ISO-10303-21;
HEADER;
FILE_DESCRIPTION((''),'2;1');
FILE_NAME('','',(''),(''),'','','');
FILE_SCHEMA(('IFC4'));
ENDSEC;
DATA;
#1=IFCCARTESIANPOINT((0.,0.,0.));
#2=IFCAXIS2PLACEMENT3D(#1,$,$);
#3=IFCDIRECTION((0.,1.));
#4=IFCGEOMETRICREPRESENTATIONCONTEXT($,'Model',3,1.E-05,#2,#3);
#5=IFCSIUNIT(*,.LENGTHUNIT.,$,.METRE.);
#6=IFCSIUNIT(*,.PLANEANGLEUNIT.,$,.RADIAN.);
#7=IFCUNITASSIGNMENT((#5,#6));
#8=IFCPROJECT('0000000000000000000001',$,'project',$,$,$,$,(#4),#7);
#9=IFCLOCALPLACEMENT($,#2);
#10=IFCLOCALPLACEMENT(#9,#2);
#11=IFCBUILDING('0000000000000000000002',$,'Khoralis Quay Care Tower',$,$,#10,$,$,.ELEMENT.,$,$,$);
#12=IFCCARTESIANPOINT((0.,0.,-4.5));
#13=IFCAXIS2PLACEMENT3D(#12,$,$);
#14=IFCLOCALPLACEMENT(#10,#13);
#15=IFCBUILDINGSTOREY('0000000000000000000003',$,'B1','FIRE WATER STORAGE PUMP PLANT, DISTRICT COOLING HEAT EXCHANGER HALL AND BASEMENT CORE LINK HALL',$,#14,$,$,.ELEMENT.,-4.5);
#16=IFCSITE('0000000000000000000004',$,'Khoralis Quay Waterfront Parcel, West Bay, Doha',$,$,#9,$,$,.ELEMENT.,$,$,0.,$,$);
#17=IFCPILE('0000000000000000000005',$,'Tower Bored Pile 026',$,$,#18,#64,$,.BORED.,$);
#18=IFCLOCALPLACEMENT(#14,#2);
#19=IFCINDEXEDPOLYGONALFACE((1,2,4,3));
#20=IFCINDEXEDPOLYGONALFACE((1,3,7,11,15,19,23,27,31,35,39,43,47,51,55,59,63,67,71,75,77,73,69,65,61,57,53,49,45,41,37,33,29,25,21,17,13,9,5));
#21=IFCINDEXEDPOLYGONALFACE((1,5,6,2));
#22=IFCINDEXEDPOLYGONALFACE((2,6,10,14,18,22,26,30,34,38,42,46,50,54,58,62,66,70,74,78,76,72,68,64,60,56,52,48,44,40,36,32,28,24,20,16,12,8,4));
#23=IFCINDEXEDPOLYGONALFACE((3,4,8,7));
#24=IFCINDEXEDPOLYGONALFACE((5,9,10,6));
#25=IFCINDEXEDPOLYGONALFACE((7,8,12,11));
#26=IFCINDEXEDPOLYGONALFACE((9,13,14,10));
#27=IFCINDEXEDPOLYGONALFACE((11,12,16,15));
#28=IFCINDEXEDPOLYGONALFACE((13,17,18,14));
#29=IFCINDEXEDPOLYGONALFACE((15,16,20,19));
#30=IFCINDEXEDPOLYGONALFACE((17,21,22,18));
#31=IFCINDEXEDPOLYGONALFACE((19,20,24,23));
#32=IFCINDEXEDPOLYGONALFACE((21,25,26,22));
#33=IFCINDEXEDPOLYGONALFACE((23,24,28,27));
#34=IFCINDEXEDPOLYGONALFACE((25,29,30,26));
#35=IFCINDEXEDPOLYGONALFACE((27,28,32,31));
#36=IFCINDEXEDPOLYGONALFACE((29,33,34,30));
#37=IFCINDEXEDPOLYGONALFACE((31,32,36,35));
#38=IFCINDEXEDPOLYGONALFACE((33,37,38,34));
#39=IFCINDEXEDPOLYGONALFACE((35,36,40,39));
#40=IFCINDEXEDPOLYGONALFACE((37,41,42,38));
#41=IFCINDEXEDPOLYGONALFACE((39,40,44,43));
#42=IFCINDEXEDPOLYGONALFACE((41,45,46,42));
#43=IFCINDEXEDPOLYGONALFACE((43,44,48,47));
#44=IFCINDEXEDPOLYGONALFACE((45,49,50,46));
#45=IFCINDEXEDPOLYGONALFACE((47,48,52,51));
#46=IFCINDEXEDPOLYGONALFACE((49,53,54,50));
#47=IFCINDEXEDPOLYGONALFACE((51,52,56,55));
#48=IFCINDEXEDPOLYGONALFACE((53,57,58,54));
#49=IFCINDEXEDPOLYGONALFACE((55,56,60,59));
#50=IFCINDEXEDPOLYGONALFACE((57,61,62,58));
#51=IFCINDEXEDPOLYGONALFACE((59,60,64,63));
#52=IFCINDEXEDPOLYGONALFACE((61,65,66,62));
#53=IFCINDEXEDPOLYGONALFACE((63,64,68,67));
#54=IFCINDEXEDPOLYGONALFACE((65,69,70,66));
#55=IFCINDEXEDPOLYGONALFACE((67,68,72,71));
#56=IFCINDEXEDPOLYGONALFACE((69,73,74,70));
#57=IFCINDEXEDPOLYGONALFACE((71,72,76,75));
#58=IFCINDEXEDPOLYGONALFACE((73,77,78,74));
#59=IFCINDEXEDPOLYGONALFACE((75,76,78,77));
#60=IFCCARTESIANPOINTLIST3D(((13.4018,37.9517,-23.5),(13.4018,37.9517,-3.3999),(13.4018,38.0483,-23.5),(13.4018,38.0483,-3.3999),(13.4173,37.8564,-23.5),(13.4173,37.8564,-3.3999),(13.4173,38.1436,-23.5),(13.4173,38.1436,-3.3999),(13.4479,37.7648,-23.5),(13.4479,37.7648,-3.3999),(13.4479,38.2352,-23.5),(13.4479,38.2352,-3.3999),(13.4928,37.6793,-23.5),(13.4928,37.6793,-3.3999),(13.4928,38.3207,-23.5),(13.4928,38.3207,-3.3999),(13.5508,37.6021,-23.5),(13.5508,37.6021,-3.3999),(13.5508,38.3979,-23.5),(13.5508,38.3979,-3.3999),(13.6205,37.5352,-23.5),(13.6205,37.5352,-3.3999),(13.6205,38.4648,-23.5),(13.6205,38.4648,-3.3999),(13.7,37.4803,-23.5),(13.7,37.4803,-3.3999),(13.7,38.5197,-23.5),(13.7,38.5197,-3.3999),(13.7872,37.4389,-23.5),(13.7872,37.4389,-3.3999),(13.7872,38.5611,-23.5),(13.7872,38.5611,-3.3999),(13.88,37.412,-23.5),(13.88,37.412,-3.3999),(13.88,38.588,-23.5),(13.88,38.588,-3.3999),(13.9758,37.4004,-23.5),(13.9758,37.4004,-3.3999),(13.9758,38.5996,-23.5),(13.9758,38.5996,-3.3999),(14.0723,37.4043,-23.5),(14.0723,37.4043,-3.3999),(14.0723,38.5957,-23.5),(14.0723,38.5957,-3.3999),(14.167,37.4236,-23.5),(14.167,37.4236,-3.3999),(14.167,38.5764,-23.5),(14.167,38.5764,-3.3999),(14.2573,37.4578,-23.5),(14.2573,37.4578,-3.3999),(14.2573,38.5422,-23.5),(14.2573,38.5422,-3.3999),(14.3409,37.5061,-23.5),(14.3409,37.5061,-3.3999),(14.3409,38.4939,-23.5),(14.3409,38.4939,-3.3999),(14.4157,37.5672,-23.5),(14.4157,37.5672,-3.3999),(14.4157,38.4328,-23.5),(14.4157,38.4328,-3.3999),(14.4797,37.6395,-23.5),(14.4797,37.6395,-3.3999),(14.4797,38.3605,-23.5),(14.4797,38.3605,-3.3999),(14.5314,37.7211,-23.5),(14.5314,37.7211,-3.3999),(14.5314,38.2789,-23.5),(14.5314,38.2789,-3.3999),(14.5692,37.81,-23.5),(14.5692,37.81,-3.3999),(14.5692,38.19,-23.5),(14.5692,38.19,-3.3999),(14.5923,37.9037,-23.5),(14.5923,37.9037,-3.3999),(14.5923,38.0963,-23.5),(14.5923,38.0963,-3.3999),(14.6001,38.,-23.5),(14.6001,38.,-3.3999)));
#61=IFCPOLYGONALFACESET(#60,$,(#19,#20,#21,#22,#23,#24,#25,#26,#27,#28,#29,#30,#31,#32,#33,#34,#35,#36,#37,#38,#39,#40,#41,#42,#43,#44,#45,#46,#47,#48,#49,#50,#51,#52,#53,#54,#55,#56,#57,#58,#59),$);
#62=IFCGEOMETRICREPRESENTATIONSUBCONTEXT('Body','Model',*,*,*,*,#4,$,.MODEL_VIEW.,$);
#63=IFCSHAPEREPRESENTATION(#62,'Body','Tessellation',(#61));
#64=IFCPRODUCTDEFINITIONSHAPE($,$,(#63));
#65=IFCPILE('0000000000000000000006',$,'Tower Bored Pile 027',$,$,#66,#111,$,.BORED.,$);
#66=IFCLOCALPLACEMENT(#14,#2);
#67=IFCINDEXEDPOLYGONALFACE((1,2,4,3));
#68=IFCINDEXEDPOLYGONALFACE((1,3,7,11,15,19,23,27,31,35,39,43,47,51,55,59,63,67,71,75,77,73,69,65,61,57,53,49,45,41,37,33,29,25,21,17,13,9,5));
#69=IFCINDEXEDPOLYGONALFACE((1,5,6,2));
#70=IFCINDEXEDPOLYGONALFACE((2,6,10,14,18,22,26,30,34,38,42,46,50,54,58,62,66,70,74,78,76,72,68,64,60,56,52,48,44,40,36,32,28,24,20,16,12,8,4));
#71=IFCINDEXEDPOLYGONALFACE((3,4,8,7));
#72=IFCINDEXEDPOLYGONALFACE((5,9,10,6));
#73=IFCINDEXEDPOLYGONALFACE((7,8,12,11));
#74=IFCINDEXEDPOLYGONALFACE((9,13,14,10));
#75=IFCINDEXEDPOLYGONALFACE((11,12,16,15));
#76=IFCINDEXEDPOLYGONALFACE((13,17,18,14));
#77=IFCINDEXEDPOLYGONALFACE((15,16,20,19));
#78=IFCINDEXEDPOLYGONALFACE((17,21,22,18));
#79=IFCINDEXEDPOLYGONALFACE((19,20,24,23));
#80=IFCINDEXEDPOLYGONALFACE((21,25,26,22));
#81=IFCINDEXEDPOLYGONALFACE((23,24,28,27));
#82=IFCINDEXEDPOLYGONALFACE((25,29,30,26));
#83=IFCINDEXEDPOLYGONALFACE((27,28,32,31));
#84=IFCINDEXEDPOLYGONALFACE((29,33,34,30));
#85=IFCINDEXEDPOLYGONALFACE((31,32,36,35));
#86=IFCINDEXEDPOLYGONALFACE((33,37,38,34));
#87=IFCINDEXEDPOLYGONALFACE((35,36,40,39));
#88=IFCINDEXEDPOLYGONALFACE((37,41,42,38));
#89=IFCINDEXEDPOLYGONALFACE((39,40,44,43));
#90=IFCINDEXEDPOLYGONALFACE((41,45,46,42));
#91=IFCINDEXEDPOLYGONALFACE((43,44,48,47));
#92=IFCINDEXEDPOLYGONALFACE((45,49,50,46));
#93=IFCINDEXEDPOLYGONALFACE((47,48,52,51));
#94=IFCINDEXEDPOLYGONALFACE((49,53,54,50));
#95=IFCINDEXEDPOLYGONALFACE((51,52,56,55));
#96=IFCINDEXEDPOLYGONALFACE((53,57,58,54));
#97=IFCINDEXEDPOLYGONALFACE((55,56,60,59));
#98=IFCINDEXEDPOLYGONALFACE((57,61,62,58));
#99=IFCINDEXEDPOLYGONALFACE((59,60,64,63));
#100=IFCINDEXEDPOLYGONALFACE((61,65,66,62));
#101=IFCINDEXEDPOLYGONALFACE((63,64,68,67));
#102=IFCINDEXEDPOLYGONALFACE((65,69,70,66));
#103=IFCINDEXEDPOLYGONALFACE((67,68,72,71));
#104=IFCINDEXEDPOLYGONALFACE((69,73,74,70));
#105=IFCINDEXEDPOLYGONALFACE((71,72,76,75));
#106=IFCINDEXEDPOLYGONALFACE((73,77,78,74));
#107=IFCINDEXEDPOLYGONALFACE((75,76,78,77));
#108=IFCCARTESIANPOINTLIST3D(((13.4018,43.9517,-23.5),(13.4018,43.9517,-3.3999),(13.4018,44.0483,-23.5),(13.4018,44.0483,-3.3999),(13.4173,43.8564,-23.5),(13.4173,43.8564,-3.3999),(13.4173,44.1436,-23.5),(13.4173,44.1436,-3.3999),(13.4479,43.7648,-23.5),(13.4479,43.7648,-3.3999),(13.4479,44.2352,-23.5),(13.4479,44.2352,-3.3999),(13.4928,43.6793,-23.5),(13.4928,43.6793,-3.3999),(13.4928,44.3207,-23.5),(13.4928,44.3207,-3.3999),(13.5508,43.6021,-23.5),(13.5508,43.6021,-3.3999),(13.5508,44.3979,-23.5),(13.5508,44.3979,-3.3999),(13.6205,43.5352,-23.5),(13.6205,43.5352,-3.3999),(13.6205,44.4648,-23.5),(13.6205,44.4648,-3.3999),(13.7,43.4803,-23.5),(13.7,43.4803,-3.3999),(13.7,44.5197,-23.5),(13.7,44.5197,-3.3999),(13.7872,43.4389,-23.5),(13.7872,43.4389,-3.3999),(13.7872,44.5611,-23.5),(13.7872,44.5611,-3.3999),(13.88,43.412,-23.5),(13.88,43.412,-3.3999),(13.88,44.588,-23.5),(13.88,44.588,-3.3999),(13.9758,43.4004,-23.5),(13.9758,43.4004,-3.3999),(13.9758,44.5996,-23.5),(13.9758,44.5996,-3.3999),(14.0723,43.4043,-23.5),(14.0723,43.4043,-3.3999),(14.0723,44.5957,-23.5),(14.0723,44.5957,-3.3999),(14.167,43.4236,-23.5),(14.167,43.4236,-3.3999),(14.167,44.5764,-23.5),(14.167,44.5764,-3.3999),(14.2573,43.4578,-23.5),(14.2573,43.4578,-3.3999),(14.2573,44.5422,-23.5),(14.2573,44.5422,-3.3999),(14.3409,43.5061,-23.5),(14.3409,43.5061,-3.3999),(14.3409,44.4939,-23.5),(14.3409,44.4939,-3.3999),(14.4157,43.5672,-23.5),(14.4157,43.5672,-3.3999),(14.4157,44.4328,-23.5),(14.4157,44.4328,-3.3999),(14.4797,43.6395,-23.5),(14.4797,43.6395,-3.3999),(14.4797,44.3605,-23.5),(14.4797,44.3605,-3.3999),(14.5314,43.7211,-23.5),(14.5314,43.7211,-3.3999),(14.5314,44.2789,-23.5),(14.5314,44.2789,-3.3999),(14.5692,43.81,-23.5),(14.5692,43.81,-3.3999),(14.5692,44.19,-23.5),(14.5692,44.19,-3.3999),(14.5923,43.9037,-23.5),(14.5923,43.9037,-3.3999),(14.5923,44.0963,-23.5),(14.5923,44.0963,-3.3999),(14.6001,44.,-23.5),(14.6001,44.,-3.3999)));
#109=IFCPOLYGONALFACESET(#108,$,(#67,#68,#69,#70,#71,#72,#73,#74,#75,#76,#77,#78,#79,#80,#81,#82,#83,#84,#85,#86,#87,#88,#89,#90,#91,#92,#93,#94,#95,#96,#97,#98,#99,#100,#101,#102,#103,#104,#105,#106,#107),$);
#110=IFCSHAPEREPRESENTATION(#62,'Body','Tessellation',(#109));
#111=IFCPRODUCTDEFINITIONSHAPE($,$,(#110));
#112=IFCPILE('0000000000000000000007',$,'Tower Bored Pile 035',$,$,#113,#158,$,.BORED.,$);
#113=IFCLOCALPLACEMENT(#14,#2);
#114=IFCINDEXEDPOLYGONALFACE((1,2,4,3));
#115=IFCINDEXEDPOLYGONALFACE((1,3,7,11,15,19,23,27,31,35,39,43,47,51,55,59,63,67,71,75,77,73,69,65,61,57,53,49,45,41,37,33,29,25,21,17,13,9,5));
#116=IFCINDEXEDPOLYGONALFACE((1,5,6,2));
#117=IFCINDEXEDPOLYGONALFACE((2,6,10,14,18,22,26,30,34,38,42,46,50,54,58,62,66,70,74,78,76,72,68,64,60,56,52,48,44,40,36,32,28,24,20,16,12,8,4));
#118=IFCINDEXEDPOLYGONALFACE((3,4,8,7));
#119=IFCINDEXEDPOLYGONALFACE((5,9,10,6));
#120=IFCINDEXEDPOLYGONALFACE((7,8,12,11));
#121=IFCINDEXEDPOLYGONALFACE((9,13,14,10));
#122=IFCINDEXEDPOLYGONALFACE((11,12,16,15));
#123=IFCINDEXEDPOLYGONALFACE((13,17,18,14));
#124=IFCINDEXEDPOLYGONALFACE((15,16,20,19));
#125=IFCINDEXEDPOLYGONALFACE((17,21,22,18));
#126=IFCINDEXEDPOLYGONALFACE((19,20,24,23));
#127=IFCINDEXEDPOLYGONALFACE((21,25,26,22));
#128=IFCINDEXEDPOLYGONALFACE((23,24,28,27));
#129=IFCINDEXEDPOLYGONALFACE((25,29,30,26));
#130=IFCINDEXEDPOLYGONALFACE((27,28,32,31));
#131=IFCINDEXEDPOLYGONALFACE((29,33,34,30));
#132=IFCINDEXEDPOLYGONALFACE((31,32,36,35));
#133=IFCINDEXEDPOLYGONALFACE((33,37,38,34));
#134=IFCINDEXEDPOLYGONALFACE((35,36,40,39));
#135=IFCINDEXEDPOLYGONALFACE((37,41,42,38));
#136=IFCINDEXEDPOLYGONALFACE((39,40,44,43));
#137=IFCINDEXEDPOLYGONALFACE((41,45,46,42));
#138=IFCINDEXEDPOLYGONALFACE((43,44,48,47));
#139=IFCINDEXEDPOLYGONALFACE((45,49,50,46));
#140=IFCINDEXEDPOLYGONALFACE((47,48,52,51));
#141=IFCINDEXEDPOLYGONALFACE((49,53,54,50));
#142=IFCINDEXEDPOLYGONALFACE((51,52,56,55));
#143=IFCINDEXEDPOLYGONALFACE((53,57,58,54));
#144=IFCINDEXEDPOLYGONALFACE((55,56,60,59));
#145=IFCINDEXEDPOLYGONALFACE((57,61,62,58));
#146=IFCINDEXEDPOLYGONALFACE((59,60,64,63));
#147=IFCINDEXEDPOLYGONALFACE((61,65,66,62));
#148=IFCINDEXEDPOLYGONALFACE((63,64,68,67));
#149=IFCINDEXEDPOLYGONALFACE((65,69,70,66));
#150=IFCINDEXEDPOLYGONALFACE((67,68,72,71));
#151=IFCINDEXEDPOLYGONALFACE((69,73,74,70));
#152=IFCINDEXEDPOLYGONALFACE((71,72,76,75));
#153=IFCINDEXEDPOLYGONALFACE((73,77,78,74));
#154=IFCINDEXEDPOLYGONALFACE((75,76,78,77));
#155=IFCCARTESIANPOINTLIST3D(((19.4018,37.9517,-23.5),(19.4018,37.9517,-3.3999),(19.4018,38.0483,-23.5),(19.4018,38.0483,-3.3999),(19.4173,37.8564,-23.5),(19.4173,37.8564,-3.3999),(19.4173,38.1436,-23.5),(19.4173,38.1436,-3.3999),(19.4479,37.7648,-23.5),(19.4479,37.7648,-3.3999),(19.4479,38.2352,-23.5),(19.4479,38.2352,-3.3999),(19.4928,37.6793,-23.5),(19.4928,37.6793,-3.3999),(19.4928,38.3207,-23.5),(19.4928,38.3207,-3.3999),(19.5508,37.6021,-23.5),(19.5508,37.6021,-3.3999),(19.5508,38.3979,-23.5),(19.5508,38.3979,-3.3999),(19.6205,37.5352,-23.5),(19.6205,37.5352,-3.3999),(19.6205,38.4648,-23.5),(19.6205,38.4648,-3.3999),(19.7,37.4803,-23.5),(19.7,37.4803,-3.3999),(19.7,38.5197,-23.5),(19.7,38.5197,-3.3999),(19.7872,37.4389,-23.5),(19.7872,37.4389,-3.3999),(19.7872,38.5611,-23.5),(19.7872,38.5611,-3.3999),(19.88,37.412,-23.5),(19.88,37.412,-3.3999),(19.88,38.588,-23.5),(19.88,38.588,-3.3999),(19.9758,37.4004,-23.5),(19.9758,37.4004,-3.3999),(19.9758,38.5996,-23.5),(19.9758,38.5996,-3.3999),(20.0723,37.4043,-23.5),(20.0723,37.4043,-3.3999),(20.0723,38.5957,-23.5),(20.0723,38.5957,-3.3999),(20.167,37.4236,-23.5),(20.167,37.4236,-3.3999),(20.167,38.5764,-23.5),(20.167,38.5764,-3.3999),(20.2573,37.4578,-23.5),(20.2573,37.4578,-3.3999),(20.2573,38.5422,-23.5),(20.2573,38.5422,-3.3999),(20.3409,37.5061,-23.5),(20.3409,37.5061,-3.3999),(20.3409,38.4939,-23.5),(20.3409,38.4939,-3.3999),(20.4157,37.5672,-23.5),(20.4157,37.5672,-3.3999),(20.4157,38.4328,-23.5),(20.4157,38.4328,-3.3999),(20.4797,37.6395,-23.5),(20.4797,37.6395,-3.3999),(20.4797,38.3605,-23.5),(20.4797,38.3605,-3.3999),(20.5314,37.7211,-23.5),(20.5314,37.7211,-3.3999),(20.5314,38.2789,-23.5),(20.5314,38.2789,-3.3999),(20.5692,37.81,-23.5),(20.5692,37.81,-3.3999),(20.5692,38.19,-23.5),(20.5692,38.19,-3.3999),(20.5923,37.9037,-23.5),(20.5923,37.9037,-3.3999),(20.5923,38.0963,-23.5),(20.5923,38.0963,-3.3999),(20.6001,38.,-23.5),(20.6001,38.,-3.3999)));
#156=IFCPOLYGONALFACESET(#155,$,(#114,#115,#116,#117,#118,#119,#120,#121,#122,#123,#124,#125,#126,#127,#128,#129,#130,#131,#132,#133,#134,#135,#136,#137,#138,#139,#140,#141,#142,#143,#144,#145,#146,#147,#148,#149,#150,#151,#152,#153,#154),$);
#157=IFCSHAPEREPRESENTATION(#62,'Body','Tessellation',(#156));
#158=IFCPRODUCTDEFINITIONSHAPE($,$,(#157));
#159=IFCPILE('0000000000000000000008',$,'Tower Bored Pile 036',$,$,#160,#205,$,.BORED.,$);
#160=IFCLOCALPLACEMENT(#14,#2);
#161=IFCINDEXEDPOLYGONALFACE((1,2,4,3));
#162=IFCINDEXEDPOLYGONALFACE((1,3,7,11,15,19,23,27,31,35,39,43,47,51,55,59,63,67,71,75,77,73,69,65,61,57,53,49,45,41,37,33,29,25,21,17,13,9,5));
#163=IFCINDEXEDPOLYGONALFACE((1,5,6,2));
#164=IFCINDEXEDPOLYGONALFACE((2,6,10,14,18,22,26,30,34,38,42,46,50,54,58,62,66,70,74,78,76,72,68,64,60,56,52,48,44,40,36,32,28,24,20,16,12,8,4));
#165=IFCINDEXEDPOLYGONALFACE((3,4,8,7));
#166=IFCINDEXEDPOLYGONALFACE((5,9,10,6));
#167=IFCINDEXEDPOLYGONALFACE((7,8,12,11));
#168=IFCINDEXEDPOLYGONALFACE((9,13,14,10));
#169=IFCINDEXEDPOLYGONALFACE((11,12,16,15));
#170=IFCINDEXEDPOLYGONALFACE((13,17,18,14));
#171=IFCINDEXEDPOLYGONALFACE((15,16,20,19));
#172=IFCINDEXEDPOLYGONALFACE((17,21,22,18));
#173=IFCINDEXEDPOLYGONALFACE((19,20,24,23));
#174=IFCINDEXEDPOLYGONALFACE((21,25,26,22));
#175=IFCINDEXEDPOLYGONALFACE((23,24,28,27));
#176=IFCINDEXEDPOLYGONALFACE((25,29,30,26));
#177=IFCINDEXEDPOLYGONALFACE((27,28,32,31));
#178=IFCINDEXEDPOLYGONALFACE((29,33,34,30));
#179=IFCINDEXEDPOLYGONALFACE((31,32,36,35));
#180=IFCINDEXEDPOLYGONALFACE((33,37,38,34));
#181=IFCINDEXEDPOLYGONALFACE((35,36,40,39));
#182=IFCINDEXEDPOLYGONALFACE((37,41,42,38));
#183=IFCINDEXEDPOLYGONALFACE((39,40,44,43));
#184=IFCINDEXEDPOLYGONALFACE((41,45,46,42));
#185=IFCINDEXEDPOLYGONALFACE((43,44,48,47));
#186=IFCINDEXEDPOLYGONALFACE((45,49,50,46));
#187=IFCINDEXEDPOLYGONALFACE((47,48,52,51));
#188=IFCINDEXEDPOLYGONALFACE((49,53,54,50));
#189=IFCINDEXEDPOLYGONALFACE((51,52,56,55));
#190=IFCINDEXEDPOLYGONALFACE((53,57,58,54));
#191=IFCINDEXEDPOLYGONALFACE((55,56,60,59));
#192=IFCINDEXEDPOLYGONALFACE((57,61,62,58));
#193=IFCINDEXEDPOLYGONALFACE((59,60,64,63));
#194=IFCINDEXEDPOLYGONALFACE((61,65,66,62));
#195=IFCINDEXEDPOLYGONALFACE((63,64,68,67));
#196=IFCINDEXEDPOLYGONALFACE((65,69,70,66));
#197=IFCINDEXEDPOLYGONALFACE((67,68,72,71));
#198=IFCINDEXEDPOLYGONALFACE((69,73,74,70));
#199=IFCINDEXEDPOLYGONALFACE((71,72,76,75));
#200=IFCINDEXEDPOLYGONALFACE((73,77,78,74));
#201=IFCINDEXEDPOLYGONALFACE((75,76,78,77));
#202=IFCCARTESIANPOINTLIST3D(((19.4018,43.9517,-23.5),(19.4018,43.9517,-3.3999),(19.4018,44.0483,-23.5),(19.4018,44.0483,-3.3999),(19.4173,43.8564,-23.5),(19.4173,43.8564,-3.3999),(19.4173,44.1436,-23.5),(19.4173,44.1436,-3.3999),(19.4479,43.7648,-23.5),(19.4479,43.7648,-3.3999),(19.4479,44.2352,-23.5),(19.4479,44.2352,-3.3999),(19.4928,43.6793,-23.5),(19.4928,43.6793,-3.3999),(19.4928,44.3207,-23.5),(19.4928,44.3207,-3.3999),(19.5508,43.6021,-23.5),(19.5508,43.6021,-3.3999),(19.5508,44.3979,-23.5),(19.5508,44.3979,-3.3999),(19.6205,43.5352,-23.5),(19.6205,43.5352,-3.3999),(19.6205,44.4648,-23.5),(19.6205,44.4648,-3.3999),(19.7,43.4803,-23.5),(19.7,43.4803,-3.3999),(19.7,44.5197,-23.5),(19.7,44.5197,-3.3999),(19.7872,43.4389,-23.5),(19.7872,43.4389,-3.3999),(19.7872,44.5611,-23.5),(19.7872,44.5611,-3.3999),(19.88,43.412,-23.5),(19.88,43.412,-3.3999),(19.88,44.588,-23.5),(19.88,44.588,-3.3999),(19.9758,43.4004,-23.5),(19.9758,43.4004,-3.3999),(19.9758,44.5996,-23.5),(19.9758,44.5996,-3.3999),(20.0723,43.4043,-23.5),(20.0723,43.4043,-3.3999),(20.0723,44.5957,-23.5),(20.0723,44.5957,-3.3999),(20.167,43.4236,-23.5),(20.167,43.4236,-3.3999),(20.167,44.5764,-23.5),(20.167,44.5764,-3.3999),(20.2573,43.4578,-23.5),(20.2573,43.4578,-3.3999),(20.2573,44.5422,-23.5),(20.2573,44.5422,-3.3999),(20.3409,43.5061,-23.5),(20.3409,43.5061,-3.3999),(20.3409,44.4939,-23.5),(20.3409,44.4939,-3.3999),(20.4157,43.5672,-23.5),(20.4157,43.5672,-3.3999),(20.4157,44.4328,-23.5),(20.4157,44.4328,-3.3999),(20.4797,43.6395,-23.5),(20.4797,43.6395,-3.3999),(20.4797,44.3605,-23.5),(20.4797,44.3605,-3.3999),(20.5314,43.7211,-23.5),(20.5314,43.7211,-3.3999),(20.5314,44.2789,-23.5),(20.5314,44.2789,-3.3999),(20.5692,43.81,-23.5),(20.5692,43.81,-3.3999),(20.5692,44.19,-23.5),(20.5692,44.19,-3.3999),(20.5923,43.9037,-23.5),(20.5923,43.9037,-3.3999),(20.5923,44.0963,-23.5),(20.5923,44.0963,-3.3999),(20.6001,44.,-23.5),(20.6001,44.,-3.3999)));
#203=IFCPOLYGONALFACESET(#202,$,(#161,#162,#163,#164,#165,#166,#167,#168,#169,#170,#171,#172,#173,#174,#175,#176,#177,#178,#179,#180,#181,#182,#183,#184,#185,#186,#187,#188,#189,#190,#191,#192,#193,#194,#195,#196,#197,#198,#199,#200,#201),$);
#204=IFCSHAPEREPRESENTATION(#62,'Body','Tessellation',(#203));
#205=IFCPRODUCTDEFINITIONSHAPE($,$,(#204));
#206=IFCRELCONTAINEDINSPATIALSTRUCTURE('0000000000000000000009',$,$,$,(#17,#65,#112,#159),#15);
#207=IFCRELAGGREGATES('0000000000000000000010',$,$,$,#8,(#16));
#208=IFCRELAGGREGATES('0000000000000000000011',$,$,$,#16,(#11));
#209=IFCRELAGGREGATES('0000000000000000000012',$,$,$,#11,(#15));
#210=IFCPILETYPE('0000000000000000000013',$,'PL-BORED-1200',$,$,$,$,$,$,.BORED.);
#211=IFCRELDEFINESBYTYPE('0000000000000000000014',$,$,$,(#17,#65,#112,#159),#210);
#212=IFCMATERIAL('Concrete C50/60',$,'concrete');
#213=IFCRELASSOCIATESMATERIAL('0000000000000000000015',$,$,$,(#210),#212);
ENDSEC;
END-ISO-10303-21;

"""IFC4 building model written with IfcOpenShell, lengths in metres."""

from ifc_helpers import new_model, si_unit, direction, frame, origin, origin_2d, place, context, subcontext, project, spatial, circle, extrude, source, transform, mapped, material, material_profile, profile_set, type_object, element, save


model = new_model("IFC4")

# Units and contexts
model_context = context("Model", 3, precision=1e-05, world=origin(), true_north=direction((0.0, 1.0)))
body_context = subcontext(model_context, "Body", "Model", "MODEL_VIEW")
ifc_project = project(units=[si_unit("LENGTHUNIT", "METRE"), si_unit("PLANEANGLEUNIT", "RADIAN")], contexts=[model_context])

# Site, building, storey
site_placement = place(None, origin())
site = spatial("IfcSite", under=ifc_project, at=site_placement, Name="Khoralis Quay Waterfront Parcel, West Bay, Doha", CompositionType="ELEMENT", RefElevation=0.0)
building_placement = place(site_placement, origin())
building = spatial("IfcBuilding", under=site, at=building_placement, Name="Khoralis Quay Care Tower", CompositionType="ELEMENT")
storey_placement = place(building_placement, frame((0.0, 0.0, -4.5)))
storey = spatial("IfcBuildingStorey", under=building, at=storey_placement, Name="B1", Description="FIRE WATER STORAGE PUMP PLANT, DISTRICT COOLING HEAT EXCHANGER HALL AND BASEMENT CORE LINK HALL", CompositionType="ELEMENT", Elevation=-4.5)

# Piles
ifc_material_1 = material(Name="Concrete C50/60", Category="concrete")
ifc_material_profile_1 = material_profile(ifc_material_1, circle(Radius=0.6001, at=origin_2d()), Name="Concrete C50/60")
ifc_profile_set_1 = profile_set([ifc_material_profile_1], Name="Concrete C50/60")
pile_type_1 = type_object("IfcPileType", Name="PL-BORED-1200", PredefinedType="BORED", material=ifc_profile_set_1)
shared_shape_1 = source(origin(), body_context, "Body", "SweptSolid", [
    extrude(circle(Radius=0.6001, at=origin_2d()), origin(), (0.0, 0.0, 1.0), 20.1001),
])
for number, where, z_axis, x_axis, name in (
    (1, (14.0, 38.0, -3.3999), (0.0, 0.0, -1.0), (1.0, 0.0, 0.0), "Tower Bored Pile 026"),
    (2, (14.0, 44.0, -3.3999), (0.0, 0.0, -1.0), (1.0, 0.0, 0.0), "Tower Bored Pile 027"),
    (3, (20.0, 38.0, -3.3999), (0.0, 0.0, -1.0), (1.0, 0.0, 0.0), "Tower Bored Pile 035"),
    (4, (20.0, 44.0, -3.3999), (0.0, 0.0, -1.0), (1.0, 0.0, 0.0), "Tower Bored Pile 036"),
):
    element("IfcPile", number, at=place(storey_placement, frame(where, z_axis=z_axis, x_axis=x_axis)), inside=storey, type_object=pile_type_1, Name=name, PredefinedType="BORED", context=body_context, shape_type="MappedRepresentation", body=[
        mapped(shared_shape_1, transform((0.0, 0.0, 0.0), scale=1.0)),
    ])

save(model, "model.ifc")
